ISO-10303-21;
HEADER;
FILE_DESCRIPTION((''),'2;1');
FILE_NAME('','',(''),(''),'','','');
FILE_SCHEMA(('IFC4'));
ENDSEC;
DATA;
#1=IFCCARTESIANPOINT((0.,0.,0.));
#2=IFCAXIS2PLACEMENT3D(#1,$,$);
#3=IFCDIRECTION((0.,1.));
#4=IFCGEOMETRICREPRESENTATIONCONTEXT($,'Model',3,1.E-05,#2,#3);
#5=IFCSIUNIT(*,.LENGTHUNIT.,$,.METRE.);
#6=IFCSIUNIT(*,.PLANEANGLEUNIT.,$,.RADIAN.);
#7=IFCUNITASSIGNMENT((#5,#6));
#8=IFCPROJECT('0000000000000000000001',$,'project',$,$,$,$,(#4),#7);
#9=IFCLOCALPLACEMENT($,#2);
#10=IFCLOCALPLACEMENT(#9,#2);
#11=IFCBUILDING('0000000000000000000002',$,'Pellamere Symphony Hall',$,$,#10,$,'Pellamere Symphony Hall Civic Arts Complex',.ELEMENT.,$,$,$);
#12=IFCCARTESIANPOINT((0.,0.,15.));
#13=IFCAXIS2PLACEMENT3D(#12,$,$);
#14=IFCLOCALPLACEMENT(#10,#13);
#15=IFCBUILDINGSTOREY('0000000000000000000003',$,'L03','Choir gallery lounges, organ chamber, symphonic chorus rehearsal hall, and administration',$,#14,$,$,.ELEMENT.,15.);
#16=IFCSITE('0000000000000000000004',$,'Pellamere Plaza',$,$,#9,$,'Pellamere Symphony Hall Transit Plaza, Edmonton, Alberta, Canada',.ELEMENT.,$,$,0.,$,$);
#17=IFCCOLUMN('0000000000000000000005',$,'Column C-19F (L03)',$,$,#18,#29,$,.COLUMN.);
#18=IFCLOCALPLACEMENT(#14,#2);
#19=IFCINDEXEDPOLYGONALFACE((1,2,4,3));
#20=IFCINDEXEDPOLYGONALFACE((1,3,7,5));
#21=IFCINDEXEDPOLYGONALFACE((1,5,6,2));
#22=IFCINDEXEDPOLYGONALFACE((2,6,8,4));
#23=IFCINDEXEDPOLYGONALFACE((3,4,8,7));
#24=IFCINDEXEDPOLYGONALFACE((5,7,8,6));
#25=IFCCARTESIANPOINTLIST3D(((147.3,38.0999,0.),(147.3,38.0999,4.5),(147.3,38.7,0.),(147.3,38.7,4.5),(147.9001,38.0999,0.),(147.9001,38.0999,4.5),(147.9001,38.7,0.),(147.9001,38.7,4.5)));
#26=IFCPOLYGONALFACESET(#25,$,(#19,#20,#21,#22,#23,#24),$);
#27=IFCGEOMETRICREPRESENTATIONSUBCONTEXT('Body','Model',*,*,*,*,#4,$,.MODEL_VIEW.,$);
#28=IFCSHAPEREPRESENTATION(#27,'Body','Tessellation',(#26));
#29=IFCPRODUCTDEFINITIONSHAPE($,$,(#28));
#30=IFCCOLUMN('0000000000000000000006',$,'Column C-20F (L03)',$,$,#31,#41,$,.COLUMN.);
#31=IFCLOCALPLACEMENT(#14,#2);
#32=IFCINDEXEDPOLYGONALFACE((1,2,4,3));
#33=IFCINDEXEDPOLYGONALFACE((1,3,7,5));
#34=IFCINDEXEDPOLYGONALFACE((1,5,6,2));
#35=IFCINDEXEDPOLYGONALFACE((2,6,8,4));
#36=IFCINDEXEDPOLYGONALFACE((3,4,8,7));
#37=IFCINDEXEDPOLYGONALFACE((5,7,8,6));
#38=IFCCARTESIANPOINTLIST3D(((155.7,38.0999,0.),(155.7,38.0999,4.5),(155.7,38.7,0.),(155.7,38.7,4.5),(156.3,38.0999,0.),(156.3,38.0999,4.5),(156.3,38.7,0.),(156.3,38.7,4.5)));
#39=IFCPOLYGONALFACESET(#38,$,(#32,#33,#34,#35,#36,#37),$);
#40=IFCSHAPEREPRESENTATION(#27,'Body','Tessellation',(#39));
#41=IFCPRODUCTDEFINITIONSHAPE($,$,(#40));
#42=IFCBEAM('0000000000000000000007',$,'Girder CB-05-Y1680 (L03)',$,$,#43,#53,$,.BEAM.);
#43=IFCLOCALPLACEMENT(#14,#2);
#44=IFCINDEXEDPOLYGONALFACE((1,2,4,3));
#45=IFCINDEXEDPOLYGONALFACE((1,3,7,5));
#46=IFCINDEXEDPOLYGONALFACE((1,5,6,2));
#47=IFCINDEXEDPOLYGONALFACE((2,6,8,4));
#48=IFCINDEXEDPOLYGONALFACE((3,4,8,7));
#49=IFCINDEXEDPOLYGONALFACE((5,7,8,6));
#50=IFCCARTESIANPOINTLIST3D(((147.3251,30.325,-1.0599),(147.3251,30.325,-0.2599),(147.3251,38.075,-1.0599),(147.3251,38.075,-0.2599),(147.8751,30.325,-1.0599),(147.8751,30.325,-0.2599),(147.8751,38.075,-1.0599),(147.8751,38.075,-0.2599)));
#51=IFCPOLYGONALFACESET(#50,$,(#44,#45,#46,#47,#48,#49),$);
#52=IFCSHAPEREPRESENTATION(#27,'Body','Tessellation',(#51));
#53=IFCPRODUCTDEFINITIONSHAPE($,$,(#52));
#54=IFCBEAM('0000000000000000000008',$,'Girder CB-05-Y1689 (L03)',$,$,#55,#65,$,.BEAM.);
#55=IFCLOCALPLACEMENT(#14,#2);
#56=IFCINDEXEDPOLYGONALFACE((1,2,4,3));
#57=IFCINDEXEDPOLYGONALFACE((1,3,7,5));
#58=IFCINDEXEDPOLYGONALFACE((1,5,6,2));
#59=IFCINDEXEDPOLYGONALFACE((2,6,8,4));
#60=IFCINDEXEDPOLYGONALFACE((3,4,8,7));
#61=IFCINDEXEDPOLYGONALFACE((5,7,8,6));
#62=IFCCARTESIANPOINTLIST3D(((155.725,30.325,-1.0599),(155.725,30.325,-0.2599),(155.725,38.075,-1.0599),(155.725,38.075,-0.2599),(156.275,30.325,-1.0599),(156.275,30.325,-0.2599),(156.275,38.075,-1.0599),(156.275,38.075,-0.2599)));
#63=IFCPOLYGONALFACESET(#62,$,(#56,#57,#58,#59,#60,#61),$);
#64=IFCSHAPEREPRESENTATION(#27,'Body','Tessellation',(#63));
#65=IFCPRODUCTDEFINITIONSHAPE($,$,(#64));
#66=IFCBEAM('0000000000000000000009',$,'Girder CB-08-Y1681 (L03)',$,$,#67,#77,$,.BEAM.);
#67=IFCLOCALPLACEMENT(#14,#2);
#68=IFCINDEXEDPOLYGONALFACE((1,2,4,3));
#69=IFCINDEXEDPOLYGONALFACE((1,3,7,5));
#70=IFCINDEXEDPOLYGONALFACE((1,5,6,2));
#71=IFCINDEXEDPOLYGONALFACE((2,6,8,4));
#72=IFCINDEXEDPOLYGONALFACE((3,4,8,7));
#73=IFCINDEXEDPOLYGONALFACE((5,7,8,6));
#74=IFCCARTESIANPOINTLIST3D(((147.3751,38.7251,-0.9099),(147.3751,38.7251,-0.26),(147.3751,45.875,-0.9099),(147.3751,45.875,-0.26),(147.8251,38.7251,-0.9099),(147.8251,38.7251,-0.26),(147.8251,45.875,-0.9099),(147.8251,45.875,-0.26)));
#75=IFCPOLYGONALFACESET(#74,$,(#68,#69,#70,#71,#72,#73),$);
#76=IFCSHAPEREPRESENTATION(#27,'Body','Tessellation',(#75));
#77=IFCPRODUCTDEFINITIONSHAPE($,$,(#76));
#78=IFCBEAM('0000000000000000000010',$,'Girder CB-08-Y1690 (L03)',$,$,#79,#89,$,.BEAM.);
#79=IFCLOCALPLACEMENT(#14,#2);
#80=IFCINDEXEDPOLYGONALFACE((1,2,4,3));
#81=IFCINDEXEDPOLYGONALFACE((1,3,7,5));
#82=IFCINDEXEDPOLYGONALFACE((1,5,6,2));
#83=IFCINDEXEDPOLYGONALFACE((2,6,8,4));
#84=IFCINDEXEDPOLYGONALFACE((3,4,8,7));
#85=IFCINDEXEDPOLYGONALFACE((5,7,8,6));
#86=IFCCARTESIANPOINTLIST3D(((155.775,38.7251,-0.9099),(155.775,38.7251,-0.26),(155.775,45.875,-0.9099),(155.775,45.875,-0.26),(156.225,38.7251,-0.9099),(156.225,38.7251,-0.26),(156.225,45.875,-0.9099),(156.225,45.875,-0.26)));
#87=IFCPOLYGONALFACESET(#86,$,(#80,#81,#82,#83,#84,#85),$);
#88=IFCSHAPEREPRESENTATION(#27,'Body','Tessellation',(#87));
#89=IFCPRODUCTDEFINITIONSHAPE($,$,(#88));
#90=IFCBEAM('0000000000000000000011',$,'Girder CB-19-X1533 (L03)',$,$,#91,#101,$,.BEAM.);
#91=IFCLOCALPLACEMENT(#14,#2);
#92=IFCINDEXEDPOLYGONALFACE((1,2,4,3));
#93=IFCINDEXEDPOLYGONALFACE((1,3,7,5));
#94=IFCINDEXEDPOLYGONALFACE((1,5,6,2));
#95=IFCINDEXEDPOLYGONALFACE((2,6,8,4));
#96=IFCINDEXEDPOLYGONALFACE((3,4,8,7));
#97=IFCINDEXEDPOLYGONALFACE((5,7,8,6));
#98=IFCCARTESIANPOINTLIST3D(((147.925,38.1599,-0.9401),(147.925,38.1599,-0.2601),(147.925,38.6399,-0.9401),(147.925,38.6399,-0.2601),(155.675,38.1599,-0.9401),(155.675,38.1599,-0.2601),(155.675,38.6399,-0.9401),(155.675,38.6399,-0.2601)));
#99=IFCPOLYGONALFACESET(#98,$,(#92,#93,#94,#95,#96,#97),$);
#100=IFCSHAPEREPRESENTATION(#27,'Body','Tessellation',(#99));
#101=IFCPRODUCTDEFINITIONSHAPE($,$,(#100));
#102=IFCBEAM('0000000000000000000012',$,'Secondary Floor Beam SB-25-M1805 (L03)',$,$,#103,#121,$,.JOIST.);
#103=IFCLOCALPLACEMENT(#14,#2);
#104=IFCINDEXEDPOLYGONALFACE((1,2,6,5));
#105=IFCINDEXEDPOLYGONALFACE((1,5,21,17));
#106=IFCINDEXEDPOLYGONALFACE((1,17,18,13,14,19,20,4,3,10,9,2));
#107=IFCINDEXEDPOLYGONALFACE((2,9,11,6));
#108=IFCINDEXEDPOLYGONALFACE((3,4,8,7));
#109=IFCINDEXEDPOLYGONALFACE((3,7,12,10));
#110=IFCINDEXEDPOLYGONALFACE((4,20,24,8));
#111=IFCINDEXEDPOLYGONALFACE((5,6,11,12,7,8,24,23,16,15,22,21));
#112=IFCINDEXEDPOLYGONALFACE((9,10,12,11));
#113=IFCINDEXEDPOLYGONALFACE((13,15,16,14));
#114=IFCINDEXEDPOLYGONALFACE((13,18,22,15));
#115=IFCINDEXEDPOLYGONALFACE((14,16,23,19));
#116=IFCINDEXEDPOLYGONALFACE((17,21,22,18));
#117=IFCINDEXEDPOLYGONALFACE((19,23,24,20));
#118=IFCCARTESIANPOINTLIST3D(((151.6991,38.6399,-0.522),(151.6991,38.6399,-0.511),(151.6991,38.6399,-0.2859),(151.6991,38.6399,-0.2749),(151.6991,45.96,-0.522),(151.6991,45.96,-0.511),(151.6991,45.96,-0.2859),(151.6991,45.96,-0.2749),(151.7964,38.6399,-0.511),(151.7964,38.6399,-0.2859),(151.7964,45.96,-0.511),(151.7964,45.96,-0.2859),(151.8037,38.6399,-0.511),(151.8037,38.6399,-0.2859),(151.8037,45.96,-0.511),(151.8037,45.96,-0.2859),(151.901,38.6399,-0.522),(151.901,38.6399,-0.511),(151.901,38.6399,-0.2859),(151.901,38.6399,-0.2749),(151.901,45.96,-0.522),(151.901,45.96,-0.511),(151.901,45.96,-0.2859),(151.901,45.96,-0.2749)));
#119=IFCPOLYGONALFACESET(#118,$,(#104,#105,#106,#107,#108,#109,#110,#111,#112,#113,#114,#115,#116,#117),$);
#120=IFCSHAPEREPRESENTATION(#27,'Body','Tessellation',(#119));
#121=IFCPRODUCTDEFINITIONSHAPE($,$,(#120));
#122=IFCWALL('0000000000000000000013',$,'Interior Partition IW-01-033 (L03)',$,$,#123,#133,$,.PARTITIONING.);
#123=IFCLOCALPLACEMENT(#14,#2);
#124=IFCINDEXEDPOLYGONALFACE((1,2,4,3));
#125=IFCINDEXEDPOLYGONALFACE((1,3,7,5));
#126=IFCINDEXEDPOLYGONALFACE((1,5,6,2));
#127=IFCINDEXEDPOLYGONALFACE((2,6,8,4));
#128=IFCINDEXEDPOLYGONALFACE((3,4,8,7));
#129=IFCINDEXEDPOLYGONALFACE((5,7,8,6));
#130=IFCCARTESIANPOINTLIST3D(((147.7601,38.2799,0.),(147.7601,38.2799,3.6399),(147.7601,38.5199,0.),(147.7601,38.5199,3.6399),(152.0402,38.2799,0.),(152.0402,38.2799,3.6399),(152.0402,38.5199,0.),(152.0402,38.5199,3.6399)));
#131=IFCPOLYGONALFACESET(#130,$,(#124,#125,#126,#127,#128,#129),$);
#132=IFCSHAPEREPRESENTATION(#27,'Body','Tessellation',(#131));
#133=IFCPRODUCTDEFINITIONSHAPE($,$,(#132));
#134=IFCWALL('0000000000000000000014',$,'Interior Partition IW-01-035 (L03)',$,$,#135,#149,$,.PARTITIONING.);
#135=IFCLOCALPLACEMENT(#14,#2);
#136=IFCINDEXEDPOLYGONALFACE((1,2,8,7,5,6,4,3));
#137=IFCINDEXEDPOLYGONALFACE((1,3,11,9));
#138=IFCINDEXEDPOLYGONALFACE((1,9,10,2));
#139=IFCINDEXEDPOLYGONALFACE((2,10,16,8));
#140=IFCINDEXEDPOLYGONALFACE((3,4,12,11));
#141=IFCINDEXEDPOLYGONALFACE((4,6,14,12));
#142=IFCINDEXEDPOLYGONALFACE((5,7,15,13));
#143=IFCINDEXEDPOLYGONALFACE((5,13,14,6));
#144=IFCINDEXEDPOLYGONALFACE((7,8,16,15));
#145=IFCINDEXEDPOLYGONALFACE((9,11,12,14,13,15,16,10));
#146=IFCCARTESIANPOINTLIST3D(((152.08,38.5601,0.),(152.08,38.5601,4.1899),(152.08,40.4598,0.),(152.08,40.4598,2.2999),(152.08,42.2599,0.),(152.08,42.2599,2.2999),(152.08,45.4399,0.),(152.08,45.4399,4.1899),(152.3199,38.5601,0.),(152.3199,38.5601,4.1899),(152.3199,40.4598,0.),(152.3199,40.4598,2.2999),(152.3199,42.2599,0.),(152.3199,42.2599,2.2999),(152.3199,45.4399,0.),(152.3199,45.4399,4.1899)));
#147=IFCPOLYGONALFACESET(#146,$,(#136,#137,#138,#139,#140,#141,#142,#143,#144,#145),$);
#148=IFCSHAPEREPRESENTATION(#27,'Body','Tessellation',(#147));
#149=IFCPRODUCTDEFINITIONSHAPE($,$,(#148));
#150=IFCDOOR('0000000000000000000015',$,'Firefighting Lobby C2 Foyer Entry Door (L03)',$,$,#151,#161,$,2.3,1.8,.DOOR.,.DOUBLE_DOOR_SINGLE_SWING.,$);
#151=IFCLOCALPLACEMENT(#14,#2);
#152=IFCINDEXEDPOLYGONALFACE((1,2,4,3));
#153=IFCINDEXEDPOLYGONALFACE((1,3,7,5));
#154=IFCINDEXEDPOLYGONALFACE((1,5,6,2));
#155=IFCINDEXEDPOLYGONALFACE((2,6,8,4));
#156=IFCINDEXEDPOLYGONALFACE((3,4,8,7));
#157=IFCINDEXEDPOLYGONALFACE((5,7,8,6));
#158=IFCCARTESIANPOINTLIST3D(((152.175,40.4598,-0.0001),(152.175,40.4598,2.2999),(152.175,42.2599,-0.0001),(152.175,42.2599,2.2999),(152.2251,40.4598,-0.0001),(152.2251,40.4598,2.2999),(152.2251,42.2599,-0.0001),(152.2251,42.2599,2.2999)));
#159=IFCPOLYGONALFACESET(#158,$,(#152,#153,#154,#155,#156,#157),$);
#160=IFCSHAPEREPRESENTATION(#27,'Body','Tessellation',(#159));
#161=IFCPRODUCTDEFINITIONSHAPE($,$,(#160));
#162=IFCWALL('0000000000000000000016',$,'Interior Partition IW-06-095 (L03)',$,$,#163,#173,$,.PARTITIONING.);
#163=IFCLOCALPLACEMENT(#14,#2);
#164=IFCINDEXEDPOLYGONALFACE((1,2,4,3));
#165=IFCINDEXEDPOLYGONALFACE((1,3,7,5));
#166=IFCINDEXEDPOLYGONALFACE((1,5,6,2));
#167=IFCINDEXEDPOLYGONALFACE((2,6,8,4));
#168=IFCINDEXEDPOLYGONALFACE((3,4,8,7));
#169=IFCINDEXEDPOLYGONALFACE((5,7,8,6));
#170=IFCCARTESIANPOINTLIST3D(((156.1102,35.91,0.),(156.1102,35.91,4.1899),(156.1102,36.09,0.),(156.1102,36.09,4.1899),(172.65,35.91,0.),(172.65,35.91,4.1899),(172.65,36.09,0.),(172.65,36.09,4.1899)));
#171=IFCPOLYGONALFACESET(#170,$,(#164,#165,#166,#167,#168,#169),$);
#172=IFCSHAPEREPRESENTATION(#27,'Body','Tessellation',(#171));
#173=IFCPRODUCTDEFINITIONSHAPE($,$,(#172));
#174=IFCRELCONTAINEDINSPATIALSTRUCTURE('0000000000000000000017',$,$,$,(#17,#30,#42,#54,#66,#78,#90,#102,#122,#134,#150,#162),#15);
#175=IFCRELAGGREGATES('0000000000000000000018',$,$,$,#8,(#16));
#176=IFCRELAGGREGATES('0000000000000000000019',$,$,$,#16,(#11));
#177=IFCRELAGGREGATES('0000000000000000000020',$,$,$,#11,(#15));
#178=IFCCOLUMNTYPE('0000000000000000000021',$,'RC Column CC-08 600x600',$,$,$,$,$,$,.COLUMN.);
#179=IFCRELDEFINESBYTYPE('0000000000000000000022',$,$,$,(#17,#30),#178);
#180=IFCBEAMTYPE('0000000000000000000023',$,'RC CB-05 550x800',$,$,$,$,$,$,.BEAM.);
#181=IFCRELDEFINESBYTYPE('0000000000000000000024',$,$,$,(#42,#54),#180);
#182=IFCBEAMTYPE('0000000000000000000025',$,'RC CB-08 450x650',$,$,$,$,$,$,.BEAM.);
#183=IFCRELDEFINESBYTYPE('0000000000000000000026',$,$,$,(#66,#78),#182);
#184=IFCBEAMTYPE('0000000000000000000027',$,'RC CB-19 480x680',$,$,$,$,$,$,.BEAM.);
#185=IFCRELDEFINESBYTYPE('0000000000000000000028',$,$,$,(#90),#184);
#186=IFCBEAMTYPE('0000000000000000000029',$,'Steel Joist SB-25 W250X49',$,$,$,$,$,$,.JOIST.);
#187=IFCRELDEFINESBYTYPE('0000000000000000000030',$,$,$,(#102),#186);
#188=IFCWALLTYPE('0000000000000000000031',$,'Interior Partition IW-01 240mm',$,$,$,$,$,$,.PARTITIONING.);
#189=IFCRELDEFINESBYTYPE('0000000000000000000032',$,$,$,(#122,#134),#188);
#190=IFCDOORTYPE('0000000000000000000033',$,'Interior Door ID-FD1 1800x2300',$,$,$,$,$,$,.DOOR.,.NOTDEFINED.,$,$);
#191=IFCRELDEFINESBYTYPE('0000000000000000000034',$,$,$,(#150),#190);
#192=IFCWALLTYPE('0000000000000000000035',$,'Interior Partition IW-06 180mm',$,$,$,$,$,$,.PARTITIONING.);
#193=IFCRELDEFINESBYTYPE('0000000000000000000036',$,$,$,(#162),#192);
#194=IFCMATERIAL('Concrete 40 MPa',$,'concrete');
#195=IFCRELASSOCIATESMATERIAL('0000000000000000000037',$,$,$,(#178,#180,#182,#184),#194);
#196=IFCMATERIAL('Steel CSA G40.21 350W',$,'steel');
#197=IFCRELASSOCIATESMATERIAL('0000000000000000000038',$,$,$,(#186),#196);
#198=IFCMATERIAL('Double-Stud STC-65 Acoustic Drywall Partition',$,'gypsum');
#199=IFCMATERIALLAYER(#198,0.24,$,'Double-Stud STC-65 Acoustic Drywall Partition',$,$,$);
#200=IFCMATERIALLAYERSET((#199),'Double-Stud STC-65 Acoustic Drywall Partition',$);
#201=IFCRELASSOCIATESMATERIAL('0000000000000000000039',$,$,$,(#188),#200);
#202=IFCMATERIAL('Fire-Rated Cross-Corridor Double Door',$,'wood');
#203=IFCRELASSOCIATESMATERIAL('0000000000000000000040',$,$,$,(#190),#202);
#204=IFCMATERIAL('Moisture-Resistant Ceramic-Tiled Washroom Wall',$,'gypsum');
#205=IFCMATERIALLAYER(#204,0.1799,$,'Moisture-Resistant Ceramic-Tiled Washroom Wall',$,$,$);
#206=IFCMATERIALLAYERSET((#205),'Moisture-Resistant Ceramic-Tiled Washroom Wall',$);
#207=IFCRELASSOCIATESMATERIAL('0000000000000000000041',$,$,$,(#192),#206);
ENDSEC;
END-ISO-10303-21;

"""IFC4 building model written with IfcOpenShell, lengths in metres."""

from ifc_helpers import new_model, si_unit, direction, frame, frame_2d, origin, origin_2d, place, context, subcontext, project, spatial, rectangle, i_section, extrude, material, layer, layer_set, material_profile, profile_set, type_object, element, fill, save


model = new_model("IFC4")

# Units and contexts
model_context = context("Model", 3, precision=1e-05, world=origin(), true_north=direction((0.0, 1.0)))
body_context = subcontext(model_context, "Body", "Model", "MODEL_VIEW")
ifc_project = project(units=[si_unit("LENGTHUNIT", "METRE"), si_unit("PLANEANGLEUNIT", "RADIAN")], contexts=[model_context])

# Site, building, storey
site_placement = place(None, origin())
site = spatial("IfcSite", under=ifc_project, at=site_placement, Name="Pellamere Plaza", LongName="Pellamere Symphony Hall Transit Plaza, Edmonton, Alberta, Canada", CompositionType="ELEMENT", RefElevation=0.0)
building_placement = place(site_placement, origin())
building = spatial("IfcBuilding", under=site, at=building_placement, Name="Pellamere Symphony Hall", LongName="Pellamere Symphony Hall Civic Arts Complex", CompositionType="ELEMENT")
storey_placement = place(building_placement, frame((0.0, 0.0, 15.0)))
storey = spatial("IfcBuildingStorey", under=building, at=storey_placement, Name="L03", Description="Choir gallery lounges, organ chamber, symphonic chorus rehearsal hall, and administration", CompositionType="ELEMENT", Elevation=15.0)

# Columns
ifc_material_1 = material(Name="Concrete 40 MPa", Category="concrete")
ifc_material_profile_1 = material_profile(ifc_material_1, rectangle(XDim=0.6001, YDim=0.6001, at=origin_2d()), Name="RC 600x600")
ifc_profile_set_1 = profile_set([ifc_material_profile_1], Name="Concrete 40 MPa")
column_type = type_object("IfcColumnType", Name="RC Column CC-08 600x600", PredefinedType="COLUMN", material=ifc_profile_set_1)
for number, where, z_axis, x_axis, name in (
    (1, (147.6001, 38.3999, 0.0), (0.0, 0.0, 1.0), (1.0, 0.0, 0.0), "Column C-19F (L03)"),
    (2, (156.0, 38.3999, 0.0), (0.0, 0.0, 1.0), (1.0, 0.0, 0.0), "Column C-20F (L03)"),
):
    element("IfcColumn", number, at=place(storey_placement, frame(where, z_axis=z_axis, x_axis=x_axis)), inside=storey, type_object=column_type, Name=name, PredefinedType="COLUMN", context=body_context, shape_type="SweptSolid", body=[
        extrude(rectangle(XDim=0.6001, YDim=0.6001, at=origin_2d()), origin(), (0.0, 0.0, 1.0), 4.5),
    ])

# Beams
ifc_material_profile_2 = material_profile(ifc_material_1, rectangle(XDim=0.55, YDim=0.8, at=origin_2d()), Name="RC 550x800")
ifc_profile_set_2 = profile_set([ifc_material_profile_2], Name="Concrete 40 MPa")
beam_type_1 = type_object("IfcBeamType", Name="RC CB-05 550x800", PredefinedType="BEAM", material=ifc_profile_set_2)
for number, where, z_axis, x_axis, name in (
    (3, (147.6001, 30.325, -0.6599), (0.0, 1.0, 0.0), (-1.0, 0.0, 0.0), "Girder CB-05-Y1680 (L03)"),
    (4, (156.0, 30.325, -0.6599), (0.0, 1.0, 0.0), (-1.0, 0.0, 0.0), "Girder CB-05-Y1689 (L03)"),
):
    element("IfcBeam", number, at=place(storey_placement, frame(where, z_axis=z_axis, x_axis=x_axis)), inside=storey, type_object=beam_type_1, Name=name, PredefinedType="BEAM", context=body_context, shape_type="SweptSolid", body=[
        extrude(rectangle(XDim=0.55, YDim=0.8, at=origin_2d()), origin(), (0.0, 0.0, 1.0), 7.75),
    ])
ifc_material_profile_3 = material_profile(ifc_material_1, rectangle(XDim=0.45, YDim=0.6499, at=origin_2d()), Name="RC 450x650")
ifc_profile_set_3 = profile_set([ifc_material_profile_3], Name="Concrete 40 MPa")
beam_type_2 = type_object("IfcBeamType", Name="RC CB-08 450x650", PredefinedType="BEAM", material=ifc_profile_set_3)
for number, where, z_axis, x_axis, name in (
    (5, (147.6001, 38.7251, -0.585), (0.0, 1.0, 0.0), (-1.0, 0.0, 0.0), "Girder CB-08-Y1681 (L03)"),
    (6, (156.0, 38.7251, -0.585), (0.0, 1.0, 0.0), (-1.0, 0.0, 0.0), "Girder CB-08-Y1690 (L03)"),
):
    element("IfcBeam", number, at=place(storey_placement, frame(where, z_axis=z_axis, x_axis=x_axis)), inside=storey, type_object=beam_type_2, Name=name, PredefinedType="BEAM", context=body_context, shape_type="SweptSolid", body=[
        extrude(rectangle(XDim=0.45, YDim=0.6499, at=origin_2d()), origin(), (0.0, 0.0, 1.0), 7.1499),
    ])
ifc_material_profile_4 = material_profile(ifc_material_1, rectangle(XDim=0.48, YDim=0.6799, at=origin_2d()), Name="RC 480x680")
ifc_profile_set_4 = profile_set([ifc_material_profile_4], Name="Concrete 40 MPa")
beam_type_3 = type_object("IfcBeamType", Name="RC CB-19 480x680", PredefinedType="BEAM", material=ifc_profile_set_4)
beam_1_placement = place(storey_placement, frame((147.925, 38.3999, -0.6001), z_axis=(1.0, 0.0, 0.0), x_axis=(0.0, 1.0, 0.0)))
element("IfcBeam", 7, at=beam_1_placement, inside=storey, type_object=beam_type_3, Name="Girder CB-19-X1533 (L03)", PredefinedType="BEAM", context=body_context, shape_type="SweptSolid", body=[
    extrude(rectangle(XDim=0.48, YDim=0.6799, at=origin_2d()), origin(), (0.0, 0.0, 1.0), 7.75),
])
ifc_material_2 = material(Name="Steel CSA G40.21 350W", Category="steel")
ifc_material_profile_5 = material_profile(ifc_material_2, i_section(OverallWidth=0.2019, OverallDepth=0.2471, WebThickness=0.0073, FlangeThickness=0.011, at=origin_2d()), Name="W250X49")
ifc_profile_set_5 = profile_set([ifc_material_profile_5], Name="Steel CSA G40.21 350W")
beam_type_4 = type_object("IfcBeamType", Name="Steel Joist SB-25 W250X49", PredefinedType="JOIST", material=ifc_profile_set_5)
beam_2_placement = place(storey_placement, frame((151.8, 38.6399, -0.3984), z_axis=(0.0, 1.0, 0.0), x_axis=(-1.0, 0.0, 0.0)))
element("IfcBeam", 8, at=beam_2_placement, inside=storey, type_object=beam_type_4, Name="Secondary Floor Beam SB-25-M1805 (L03)", PredefinedType="JOIST", context=body_context, shape_type="SweptSolid", body=[
    extrude(i_section(OverallWidth=0.2019, OverallDepth=0.2471, WebThickness=0.0073, FlangeThickness=0.011, at=origin_2d()), origin(), (0.0, 0.0, 1.0), 7.3201),
])

# Wall
ifc_material_3 = material(Name="Double-Stud STC-65 Acoustic Drywall Partition", Category="gypsum")
ifc_layer_1 = layer(ifc_material_3, 0.24, Name="Double-Stud STC-65 Acoustic Drywall Partition")
ifc_layer_set_1 = layer_set([ifc_layer_1], Name="Double-Stud STC-65 Acoustic Drywall Partition")
wall_type_1 = type_object("IfcWallType", Name="Interior Partition IW-01 240mm", PredefinedType="PARTITIONING", material=ifc_layer_set_1)
wall_1_placement = place(storey_placement, frame((147.76, 38.3999, 0.0), z_axis=(0.0, 0.0, 1.0), x_axis=(1.0, 0.0, 0.0)))
element("IfcWall", 9, at=wall_1_placement, inside=storey, type_object=wall_type_1, Name="Interior Partition IW-01-033 (L03)", PredefinedType="PARTITIONING", context=body_context, shape_type="SweptSolid", body=[
    extrude(rectangle(XDim=4.28, YDim=0.24, at=frame_2d((2.1401, 0.0))), origin(), (0.0, 0.0, 1.0), 3.6399),
])

# Wall, opening, door
wall_2_placement = place(storey_placement, frame((152.2, 38.5601, 0.0), z_axis=(0.0, 0.0, 1.0), x_axis=(0.0, 1.0, 0.0)))
wall_2 = element("IfcWall", 10, at=wall_2_placement, inside=storey, type_object=wall_type_1, Name="Interior Partition IW-01-035 (L03)", PredefinedType="PARTITIONING", context=body_context, shape_type="SweptSolid", body=[
    extrude(rectangle(XDim=6.8799, YDim=0.24, at=frame_2d((3.4399, 0.0))), origin(), (0.0, 0.0, 1.0), 4.1899),
])
opening_1_placement = place(wall_2_placement, frame((1.8999, 0.0, 0.0)))
opening_1 = element("IfcOpeningElement", 11, at=opening_1_placement, cuts=wall_2, PredefinedType="OPENING", context=body_context, shape_type="SweptSolid", body=[
    extrude(rectangle(XDim=1.8, YDim=2.3, at=frame_2d((0.8999, 1.1499))), frame((0.0, 0.1299, 0.0), z_axis=(0.0, -1.0, 0.0), x_axis=(1.0, 0.0, 0.0)), (0.0, 0.0, 1.0), 0.26),
])
ifc_material_4 = material(Name="Fire-Rated Cross-Corridor Double Door", Category="wood")
door_type_1 = type_object("IfcDoorType", Name="Interior Door ID-FD1 1800x2300", OperationType="NOTDEFINED", PredefinedType="DOOR", material=ifc_material_4)
door_1_placement = place(opening_1_placement, origin())
door_1 = element("IfcDoor", 12, at=door_1_placement, inside=storey, type_object=door_type_1, Name="Firefighting Lobby C2 Foyer Entry Door (L03)", OperationType="DOUBLE_DOOR_SINGLE_SWING", OverallHeight=2.3, OverallWidth=1.8, PredefinedType="DOOR", context=body_context, shape_type="SweptSolid", body=[
    extrude(rectangle(XDim=1.8, YDim=2.3, at=frame_2d((0.8999, 1.1499))), frame((0.0, 0.0249, 0.0), z_axis=(0.0, -1.0, 0.0), x_axis=(1.0, 0.0, 0.0)), (0.0, 0.0, 1.0), 0.05),
])
fill(opening_1, door_1)

# Wall
ifc_material_5 = material(Name="Moisture-Resistant Ceramic-Tiled Washroom Wall", Category="gypsum")
ifc_layer_2 = layer(ifc_material_5, 0.1799, Name="Moisture-Resistant Ceramic-Tiled Washroom Wall")
ifc_layer_set_2 = layer_set([ifc_layer_2], Name="Moisture-Resistant Ceramic-Tiled Washroom Wall")
wall_type_2 = type_object("IfcWallType", Name="Interior Partition IW-06 180mm", PredefinedType="PARTITIONING", material=ifc_layer_set_2)
wall_3_placement = place(storey_placement, frame((156.1101, 36.0, 0.0), z_axis=(0.0, 0.0, 1.0), x_axis=(1.0, 0.0, 0.0)))
element("IfcWall", 13, at=wall_3_placement, inside=storey, type_object=wall_type_2, Name="Interior Partition IW-06-095 (L03)", PredefinedType="PARTITIONING", context=body_context, shape_type="SweptSolid", body=[
    extrude(rectangle(XDim=16.5398, YDim=0.1799, at=frame_2d((8.27, 0.0))), origin(), (0.0, 0.0, 1.0), 4.1899),
])

save(model, "model.ifc")
